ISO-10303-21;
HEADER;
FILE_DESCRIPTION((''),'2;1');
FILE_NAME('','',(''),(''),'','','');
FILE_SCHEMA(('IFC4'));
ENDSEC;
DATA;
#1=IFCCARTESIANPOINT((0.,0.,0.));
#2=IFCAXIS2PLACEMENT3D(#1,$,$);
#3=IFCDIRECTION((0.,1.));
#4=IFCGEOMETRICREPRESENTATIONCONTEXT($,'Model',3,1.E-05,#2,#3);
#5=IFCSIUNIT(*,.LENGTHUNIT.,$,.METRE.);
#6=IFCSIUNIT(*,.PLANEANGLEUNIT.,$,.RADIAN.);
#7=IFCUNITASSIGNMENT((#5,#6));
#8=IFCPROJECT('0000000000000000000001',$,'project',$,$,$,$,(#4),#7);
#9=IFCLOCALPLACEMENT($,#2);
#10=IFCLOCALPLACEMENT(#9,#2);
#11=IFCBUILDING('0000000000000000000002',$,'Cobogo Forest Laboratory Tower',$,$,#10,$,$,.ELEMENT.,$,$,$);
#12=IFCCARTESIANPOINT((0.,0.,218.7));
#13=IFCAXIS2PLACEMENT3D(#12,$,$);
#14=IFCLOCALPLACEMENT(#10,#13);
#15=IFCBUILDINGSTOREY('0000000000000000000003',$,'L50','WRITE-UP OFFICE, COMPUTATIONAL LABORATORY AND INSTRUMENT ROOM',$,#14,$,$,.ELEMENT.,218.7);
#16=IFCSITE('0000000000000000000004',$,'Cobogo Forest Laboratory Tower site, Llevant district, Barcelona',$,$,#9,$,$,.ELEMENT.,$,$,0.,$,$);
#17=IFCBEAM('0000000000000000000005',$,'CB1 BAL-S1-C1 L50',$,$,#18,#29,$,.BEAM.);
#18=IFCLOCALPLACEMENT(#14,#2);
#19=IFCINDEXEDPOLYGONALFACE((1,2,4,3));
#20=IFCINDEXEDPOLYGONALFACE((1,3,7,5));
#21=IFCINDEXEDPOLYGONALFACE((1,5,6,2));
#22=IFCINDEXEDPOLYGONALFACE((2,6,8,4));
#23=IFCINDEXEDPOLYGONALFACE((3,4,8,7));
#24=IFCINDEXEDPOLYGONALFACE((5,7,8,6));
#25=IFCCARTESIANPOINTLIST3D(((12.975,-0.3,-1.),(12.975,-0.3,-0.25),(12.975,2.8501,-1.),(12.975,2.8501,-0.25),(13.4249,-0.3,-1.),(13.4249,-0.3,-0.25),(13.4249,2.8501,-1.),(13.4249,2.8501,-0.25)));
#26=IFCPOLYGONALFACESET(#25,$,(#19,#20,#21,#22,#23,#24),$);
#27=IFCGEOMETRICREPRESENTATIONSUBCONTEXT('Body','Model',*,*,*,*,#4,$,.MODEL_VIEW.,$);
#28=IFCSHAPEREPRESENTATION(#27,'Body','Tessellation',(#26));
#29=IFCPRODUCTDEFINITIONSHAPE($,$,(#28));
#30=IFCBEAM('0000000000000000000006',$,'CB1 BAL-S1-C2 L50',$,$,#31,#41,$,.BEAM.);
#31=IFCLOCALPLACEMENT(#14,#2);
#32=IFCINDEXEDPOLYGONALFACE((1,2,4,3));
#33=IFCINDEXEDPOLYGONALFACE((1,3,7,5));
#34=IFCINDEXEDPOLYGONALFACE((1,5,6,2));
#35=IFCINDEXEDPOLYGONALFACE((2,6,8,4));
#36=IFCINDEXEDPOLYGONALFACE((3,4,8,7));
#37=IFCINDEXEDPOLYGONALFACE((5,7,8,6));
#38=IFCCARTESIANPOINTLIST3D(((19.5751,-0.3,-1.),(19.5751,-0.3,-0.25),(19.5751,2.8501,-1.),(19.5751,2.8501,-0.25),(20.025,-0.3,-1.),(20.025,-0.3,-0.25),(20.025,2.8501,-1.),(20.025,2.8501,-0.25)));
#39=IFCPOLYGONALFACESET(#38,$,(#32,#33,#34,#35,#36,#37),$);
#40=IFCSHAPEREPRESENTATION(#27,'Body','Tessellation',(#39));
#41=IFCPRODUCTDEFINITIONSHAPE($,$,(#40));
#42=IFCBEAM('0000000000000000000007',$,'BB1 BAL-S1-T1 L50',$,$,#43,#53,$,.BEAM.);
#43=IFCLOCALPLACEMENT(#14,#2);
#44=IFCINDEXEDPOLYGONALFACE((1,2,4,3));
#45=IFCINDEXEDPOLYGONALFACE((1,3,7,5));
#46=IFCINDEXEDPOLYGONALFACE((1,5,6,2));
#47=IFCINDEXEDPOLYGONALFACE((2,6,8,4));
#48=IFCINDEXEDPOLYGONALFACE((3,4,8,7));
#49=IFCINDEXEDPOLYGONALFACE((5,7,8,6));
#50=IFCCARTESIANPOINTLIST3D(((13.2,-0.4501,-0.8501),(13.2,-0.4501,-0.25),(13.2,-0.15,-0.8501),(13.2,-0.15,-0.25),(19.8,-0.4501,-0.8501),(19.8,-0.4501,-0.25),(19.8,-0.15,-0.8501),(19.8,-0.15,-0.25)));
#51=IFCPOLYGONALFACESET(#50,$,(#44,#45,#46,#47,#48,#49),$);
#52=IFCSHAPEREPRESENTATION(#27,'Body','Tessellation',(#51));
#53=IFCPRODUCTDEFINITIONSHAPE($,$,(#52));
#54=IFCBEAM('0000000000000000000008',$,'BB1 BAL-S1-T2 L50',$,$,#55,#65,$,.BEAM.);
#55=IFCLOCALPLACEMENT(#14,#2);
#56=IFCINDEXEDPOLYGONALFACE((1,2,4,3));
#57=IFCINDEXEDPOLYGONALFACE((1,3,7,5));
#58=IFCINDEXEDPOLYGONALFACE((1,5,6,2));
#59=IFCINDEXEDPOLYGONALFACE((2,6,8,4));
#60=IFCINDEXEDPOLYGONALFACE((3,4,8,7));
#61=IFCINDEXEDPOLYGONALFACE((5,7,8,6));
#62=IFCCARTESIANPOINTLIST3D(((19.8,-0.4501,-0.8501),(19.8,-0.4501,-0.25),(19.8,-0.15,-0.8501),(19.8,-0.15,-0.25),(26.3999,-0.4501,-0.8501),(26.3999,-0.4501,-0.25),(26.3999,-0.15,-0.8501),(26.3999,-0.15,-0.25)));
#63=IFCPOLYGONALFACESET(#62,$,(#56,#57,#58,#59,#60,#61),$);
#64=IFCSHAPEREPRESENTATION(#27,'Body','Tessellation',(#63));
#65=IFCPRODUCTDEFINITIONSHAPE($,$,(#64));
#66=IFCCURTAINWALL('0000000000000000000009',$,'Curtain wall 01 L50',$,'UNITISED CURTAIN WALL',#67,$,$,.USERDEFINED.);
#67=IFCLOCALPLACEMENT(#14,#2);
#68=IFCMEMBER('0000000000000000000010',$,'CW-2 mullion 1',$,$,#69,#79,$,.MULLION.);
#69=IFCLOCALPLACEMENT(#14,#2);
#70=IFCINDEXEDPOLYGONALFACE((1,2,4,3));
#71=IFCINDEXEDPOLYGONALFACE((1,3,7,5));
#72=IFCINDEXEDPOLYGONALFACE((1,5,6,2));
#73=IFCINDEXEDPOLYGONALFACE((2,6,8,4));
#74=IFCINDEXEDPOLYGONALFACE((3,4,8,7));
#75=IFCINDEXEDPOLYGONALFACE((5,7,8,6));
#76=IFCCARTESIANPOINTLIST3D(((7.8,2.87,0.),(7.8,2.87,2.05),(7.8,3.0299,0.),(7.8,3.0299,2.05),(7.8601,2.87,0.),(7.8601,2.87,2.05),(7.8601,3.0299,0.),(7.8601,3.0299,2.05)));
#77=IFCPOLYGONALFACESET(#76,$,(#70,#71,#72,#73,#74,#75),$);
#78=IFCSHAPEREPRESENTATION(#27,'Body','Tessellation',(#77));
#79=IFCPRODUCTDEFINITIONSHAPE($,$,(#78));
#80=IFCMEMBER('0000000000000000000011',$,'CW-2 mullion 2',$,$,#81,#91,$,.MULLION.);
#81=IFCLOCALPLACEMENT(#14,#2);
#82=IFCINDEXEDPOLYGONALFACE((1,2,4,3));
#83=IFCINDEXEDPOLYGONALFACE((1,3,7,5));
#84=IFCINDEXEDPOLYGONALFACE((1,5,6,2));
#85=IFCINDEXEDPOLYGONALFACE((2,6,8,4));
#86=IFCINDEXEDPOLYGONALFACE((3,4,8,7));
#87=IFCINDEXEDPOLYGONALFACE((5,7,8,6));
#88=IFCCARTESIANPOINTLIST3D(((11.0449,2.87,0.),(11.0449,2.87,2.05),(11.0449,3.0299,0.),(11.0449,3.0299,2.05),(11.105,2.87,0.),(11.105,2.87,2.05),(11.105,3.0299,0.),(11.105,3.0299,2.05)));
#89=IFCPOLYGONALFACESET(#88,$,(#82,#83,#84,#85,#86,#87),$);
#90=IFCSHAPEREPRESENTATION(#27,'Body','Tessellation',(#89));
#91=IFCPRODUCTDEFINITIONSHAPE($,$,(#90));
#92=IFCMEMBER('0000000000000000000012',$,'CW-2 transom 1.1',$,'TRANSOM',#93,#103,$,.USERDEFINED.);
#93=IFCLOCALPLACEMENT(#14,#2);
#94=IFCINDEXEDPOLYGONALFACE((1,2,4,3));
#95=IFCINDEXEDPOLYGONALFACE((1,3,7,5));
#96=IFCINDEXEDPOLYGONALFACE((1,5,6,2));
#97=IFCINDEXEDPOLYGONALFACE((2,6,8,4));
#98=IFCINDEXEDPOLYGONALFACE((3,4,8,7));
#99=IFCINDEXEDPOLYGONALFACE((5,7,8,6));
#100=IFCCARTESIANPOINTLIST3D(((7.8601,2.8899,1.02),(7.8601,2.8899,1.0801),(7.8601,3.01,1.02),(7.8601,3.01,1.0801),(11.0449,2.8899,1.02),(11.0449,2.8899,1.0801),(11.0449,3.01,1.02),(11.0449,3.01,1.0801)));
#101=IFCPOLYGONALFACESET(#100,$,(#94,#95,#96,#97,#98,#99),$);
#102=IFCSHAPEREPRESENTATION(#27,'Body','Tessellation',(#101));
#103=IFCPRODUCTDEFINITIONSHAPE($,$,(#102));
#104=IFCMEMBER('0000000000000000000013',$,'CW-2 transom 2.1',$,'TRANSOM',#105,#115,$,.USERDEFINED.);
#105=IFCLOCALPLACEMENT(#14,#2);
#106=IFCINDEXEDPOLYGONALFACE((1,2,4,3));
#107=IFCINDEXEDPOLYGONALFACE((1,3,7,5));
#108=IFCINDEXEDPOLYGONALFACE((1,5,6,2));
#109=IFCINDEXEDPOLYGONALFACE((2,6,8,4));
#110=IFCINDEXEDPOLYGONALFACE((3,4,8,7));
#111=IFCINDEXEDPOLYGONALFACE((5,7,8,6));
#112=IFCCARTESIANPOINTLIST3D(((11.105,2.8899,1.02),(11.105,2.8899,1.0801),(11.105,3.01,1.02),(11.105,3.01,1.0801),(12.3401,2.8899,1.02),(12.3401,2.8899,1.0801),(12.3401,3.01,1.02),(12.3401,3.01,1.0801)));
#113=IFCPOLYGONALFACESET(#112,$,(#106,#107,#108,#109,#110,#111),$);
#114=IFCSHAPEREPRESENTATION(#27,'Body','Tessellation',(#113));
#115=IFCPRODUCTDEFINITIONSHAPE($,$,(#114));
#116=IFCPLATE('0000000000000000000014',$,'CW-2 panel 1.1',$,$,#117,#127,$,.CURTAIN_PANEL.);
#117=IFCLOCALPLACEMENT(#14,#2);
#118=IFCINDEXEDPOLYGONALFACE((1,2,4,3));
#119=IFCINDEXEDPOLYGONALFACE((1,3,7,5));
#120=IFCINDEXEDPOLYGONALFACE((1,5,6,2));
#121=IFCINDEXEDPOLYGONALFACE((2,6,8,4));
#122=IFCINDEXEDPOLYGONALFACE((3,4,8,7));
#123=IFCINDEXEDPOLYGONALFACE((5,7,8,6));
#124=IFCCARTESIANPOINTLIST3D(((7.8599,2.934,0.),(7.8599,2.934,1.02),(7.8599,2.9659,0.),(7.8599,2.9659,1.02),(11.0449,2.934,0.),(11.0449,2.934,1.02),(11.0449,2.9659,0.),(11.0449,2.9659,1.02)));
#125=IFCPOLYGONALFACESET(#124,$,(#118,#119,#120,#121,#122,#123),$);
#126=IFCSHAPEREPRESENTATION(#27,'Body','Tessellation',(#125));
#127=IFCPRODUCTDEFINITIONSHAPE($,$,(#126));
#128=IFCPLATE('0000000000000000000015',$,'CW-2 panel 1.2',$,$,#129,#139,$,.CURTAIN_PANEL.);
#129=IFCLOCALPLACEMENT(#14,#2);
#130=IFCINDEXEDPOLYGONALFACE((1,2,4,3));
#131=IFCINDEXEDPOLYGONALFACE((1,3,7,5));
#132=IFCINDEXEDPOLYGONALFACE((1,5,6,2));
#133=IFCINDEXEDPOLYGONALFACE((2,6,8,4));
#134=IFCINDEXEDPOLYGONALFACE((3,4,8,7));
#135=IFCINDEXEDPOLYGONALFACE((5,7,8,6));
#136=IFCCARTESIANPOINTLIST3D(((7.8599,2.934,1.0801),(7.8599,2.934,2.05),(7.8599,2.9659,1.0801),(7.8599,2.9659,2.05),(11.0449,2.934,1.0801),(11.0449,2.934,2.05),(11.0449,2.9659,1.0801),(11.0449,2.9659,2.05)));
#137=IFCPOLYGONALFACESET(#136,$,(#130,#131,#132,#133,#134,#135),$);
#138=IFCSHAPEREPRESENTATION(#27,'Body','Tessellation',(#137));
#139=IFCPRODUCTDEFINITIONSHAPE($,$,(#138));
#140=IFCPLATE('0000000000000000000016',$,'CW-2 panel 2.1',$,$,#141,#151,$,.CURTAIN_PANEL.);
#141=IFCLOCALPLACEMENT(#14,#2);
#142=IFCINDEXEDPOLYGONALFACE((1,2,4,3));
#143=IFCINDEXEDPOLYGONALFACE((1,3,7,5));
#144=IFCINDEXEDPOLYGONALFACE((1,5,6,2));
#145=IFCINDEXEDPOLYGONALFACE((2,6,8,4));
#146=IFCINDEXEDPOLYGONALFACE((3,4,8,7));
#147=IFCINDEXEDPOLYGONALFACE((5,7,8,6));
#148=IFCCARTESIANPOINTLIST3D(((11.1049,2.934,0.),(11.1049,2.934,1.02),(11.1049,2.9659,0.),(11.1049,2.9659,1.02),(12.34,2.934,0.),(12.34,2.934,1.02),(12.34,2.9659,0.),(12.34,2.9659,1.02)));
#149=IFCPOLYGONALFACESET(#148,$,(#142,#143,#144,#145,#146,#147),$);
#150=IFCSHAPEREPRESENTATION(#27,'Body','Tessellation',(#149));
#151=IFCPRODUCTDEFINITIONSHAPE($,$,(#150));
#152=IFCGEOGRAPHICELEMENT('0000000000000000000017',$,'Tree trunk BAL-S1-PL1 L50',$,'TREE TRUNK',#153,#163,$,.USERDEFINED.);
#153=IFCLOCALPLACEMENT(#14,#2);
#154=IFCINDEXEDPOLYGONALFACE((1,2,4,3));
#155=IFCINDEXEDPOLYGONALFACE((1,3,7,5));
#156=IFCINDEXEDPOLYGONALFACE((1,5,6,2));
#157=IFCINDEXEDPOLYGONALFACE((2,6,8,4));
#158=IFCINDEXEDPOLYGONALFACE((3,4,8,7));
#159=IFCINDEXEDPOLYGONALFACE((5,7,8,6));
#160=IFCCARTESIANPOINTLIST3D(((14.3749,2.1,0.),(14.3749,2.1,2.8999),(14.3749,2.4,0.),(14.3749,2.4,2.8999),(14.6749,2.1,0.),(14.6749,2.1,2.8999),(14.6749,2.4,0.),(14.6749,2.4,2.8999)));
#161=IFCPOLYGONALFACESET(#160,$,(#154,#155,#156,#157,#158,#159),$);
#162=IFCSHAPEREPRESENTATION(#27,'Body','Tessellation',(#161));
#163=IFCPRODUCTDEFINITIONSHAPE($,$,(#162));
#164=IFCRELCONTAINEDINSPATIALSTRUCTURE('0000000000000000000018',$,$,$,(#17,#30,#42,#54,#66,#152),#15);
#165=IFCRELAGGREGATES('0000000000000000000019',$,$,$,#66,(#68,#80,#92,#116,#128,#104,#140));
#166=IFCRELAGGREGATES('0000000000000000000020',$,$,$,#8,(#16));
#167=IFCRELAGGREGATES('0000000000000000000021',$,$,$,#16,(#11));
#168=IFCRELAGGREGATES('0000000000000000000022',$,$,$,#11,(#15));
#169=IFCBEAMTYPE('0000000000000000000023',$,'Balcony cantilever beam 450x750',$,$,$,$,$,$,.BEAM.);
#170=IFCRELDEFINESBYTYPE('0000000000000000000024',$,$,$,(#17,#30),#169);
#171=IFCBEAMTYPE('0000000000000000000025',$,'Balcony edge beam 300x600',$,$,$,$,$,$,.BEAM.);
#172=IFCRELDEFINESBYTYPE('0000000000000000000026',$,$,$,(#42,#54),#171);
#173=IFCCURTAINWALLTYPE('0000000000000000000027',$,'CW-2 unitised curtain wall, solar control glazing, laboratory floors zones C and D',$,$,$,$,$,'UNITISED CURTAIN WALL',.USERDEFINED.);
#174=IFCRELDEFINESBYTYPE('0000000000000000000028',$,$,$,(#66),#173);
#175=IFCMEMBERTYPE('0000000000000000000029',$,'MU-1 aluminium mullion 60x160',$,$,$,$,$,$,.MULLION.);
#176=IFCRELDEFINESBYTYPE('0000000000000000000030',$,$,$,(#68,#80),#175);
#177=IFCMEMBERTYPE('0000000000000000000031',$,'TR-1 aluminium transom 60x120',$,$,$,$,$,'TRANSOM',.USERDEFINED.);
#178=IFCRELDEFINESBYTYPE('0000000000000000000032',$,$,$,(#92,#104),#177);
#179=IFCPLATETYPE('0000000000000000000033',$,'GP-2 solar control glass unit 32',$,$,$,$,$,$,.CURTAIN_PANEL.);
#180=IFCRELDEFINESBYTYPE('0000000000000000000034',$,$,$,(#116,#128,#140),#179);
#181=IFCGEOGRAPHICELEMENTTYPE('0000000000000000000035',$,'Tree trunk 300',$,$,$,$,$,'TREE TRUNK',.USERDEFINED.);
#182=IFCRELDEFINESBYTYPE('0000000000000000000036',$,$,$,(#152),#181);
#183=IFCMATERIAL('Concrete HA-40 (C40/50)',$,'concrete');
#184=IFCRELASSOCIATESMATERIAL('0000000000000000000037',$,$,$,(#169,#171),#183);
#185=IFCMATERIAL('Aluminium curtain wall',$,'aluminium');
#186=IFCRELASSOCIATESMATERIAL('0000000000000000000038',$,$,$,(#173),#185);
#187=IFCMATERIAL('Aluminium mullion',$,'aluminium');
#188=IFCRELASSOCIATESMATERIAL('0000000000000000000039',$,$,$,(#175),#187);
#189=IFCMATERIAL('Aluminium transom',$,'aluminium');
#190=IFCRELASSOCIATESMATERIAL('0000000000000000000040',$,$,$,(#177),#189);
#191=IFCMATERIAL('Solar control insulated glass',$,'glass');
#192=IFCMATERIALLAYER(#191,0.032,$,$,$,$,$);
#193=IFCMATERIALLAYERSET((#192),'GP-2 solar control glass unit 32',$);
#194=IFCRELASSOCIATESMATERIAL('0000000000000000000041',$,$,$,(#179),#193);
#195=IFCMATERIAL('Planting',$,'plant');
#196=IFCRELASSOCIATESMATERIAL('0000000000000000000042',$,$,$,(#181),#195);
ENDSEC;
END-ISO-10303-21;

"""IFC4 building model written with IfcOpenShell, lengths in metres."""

from ifc_helpers import new_model, si_unit, direction, frame, origin, origin_2d, place, context, subcontext, project, spatial, rectangle, extrude, material, layer, layer_set, material_profile, profile_set, type_object, element, aggregate, save


model = new_model("IFC4")

# Units and contexts
model_context = context("Model", 3, precision=1e-05, world=origin(), true_north=direction((0.0, 1.0)))
body_context = subcontext(model_context, "Body", "Model", "MODEL_VIEW")
ifc_project = project(units=[si_unit("LENGTHUNIT", "METRE"), si_unit("PLANEANGLEUNIT", "RADIAN")], contexts=[model_context])

# Site, building, storey
site_placement = place(None, origin())
site = spatial("IfcSite", under=ifc_project, at=site_placement, Name="Cobogo Forest Laboratory Tower site, Llevant district, Barcelona", CompositionType="ELEMENT", RefElevation=0.0)
building_placement = place(site_placement, origin())
building = spatial("IfcBuilding", under=site, at=building_placement, Name="Cobogo Forest Laboratory Tower", CompositionType="ELEMENT")
storey_placement = place(building_placement, frame((0.0, 0.0, 218.7)))
storey = spatial("IfcBuildingStorey", under=building, at=storey_placement, Name="L50", Description="WRITE-UP OFFICE, COMPUTATIONAL LABORATORY AND INSTRUMENT ROOM", CompositionType="ELEMENT", Elevation=218.7)

# Beams
ifc_material_1 = material(Name="Concrete HA-40 (C40/50)", Category="concrete")
ifc_material_profile_1 = material_profile(ifc_material_1, rectangle(XDim=0.45, YDim=0.75, at=origin_2d()), Name="RC 450x750")
ifc_profile_set_1 = profile_set([ifc_material_profile_1], Name="Concrete HA-40 (C40/50)")
beam_type_1 = type_object("IfcBeamType", Name="Balcony cantilever beam 450x750", PredefinedType="BEAM", material=ifc_profile_set_1)
for number, where, z_axis, x_axis, name in (
    (1, (13.2, 2.8501, -0.625), (0.0, -1.0, 0.0), (1.0, 0.0, 0.0), "CB1 BAL-S1-C1 L50"),
    (2, (19.8, 2.8501, -0.625), (0.0, -1.0, 0.0), (1.0, 0.0, 0.0), "CB1 BAL-S1-C2 L50"),
):
    element("IfcBeam", number, at=place(storey_placement, frame(where, z_axis=z_axis, x_axis=x_axis)), inside=storey, type_object=beam_type_1, Name=name, PredefinedType="BEAM", context=body_context, shape_type="SweptSolid", body=[
        extrude(rectangle(XDim=0.45, YDim=0.75, at=origin_2d()), origin(), (0.0, 0.0, 1.0), 3.1501),
    ])
ifc_material_profile_2 = material_profile(ifc_material_1, rectangle(XDim=0.3, YDim=0.6001, at=origin_2d()), Name="RC 300x600")
ifc_profile_set_2 = profile_set([ifc_material_profile_2], Name="Concrete HA-40 (C40/50)")
beam_type_2 = type_object("IfcBeamType", Name="Balcony edge beam 300x600", PredefinedType="BEAM", material=ifc_profile_set_2)
beam_1_placement = place(storey_placement, frame((13.2, -0.3, -0.55), z_axis=(1.0, 0.0, 0.0), x_axis=(0.0, 1.0, 0.0)))
element("IfcBeam", 3, at=beam_1_placement, inside=storey, type_object=beam_type_2, Name="BB1 BAL-S1-T1 L50", PredefinedType="BEAM", context=body_context, shape_type="SweptSolid", body=[
    extrude(rectangle(XDim=0.3, YDim=0.6001, at=origin_2d()), origin(), (0.0, 0.0, 1.0), 6.6001),
])
beam_2_placement = place(storey_placement, frame((19.8, -0.3, -0.55), z_axis=(1.0, 0.0, 0.0), x_axis=(0.0, 1.0, 0.0)))
element("IfcBeam", 4, at=beam_2_placement, inside=storey, type_object=beam_type_2, Name="BB1 BAL-S1-T2 L50", PredefinedType="BEAM", context=body_context, shape_type="SweptSolid", body=[
    extrude(rectangle(XDim=0.3, YDim=0.6001, at=origin_2d()), origin(), (0.0, 0.0, 1.0), 6.5999),
])

# Curtain wall, members, plates
ifc_material_2 = material(Name="Aluminium curtain wall", Category="aluminium")
curtain_wall_type = type_object("IfcCurtainWallType", Name="CW-2 unitised curtain wall, solar control glazing, laboratory floors zones C and D", ElementType="UNITISED CURTAIN WALL", PredefinedType="USERDEFINED", material=ifc_material_2)
curtain_wall_placement = place(storey_placement, origin())
curtain_wall = element("IfcCurtainWall", 5, at=curtain_wall_placement, inside=storey, type_object=curtain_wall_type, Name="Curtain wall 01 L50", ObjectType="UNITISED CURTAIN WALL", PredefinedType="USERDEFINED")
ifc_material_3 = material(Name="Aluminium mullion", Category="aluminium")
ifc_material_profile_3 = material_profile(ifc_material_3, rectangle(XDim=0.0601, YDim=0.1599, at=origin_2d()), Name="AL 60x160")
ifc_profile_set_3 = profile_set([ifc_material_profile_3], Name="Aluminium mullion")
member_type_1 = type_object("IfcMemberType", Name="MU-1 aluminium mullion 60x160", PredefinedType="MULLION", material=ifc_profile_set_3)
member_1_placement = place(storey_placement, frame((7.8301, 2.95, 0.0), z_axis=(0.0, 0.0, 1.0), x_axis=(1.0, 0.0, 0.0)))
member_1 = element("IfcMember", 6, at=member_1_placement, type_object=member_type_1, Name="CW-2 mullion 1", PredefinedType="MULLION", context=body_context, shape_type="SweptSolid", body=[
    extrude(rectangle(XDim=0.0601, YDim=0.1599, at=origin_2d()), origin(), (0.0, 0.0, 1.0), 2.05),
])
member_2_placement = place(storey_placement, frame((11.075, 2.95, 0.0), z_axis=(0.0, 0.0, 1.0), x_axis=(1.0, 0.0, 0.0)))
member_2 = element("IfcMember", 7, at=member_2_placement, type_object=member_type_1, Name="CW-2 mullion 2", PredefinedType="MULLION", context=body_context, shape_type="SweptSolid", body=[
    extrude(rectangle(XDim=0.0601, YDim=0.1599, at=origin_2d()), origin(), (0.0, 0.0, 1.0), 2.05),
])
ifc_material_4 = material(Name="Aluminium transom", Category="aluminium")
ifc_material_profile_4 = material_profile(ifc_material_4, rectangle(XDim=0.1201, YDim=0.0601, at=origin_2d()), Name="AL 60x120")
ifc_profile_set_4 = profile_set([ifc_material_profile_4], Name="Aluminium transom")
member_type_2 = type_object("IfcMemberType", Name="TR-1 aluminium transom 60x120", ElementType="TRANSOM", PredefinedType="USERDEFINED", material=ifc_profile_set_4)
member_3_placement = place(storey_placement, frame((7.8601, 2.95, 1.05), z_axis=(1.0, 0.0, 0.0), x_axis=(0.0, 1.0, 0.0)))
member_3 = element("IfcMember", 8, at=member_3_placement, type_object=member_type_2, Name="CW-2 transom 1.1", ObjectType="TRANSOM", PredefinedType="USERDEFINED", context=body_context, shape_type="SweptSolid", body=[
    extrude(rectangle(XDim=0.1201, YDim=0.0601, at=origin_2d()), origin(), (0.0, 0.0, 1.0), 3.1848),
])
member_4_placement = place(storey_placement, frame((11.105, 2.95, 1.05), z_axis=(1.0, 0.0, 0.0), x_axis=(0.0, 1.0, 0.0)))
member_4 = element("IfcMember", 9, at=member_4_placement, type_object=member_type_2, Name="CW-2 transom 2.1", ObjectType="TRANSOM", PredefinedType="USERDEFINED", context=body_context, shape_type="SweptSolid", body=[
    extrude(rectangle(XDim=0.1201, YDim=0.0601, at=origin_2d()), origin(), (0.0, 0.0, 1.0), 1.2351),
])
ifc_material_5 = material(Name="Solar control insulated glass", Category="glass")
ifc_layer = layer(ifc_material_5, 0.032)
ifc_layer_set = layer_set([ifc_layer], Name="GP-2 solar control glass unit 32")
plate_type = type_object("IfcPlateType", Name="GP-2 solar control glass unit 32", PredefinedType="CURTAIN_PANEL", material=ifc_layer_set)
plate_1_placement = place(storey_placement, frame((9.4524, 2.95, 0.0), z_axis=(0.0, 0.0, 1.0), x_axis=(1.0, 0.0, 0.0)))
plate_1 = element("IfcPlate", 10, at=plate_1_placement, type_object=plate_type, Name="CW-2 panel 1.1", PredefinedType="CURTAIN_PANEL", context=body_context, shape_type="SweptSolid", body=[
    extrude(rectangle(XDim=3.1851, YDim=0.032, at=origin_2d()), origin(), (0.0, 0.0, 1.0), 1.02),
])
plate_2_placement = place(storey_placement, frame((9.4524, 2.95, 1.0801), z_axis=(0.0, 0.0, 1.0), x_axis=(1.0, 0.0, 0.0)))
plate_2 = element("IfcPlate", 11, at=plate_2_placement, type_object=plate_type, Name="CW-2 panel 1.2", PredefinedType="CURTAIN_PANEL", context=body_context, shape_type="SweptSolid", body=[
    extrude(rectangle(XDim=3.1851, YDim=0.032, at=origin_2d()), origin(), (0.0, 0.0, 1.0), 0.97),
])
plate_3_placement = place(storey_placement, frame((11.7224, 2.95, 0.0), z_axis=(0.0, 0.0, 1.0), x_axis=(1.0, 0.0, 0.0)))
plate_3 = element("IfcPlate", 12, at=plate_3_placement, type_object=plate_type, Name="CW-2 panel 2.1", PredefinedType="CURTAIN_PANEL", context=body_context, shape_type="SweptSolid", body=[
    extrude(rectangle(XDim=1.2351, YDim=0.032, at=origin_2d()), origin(), (0.0, 0.0, 1.0), 1.02),
])
aggregate(curtain_wall, [member_1, member_2, member_3, plate_1, plate_2, member_4, plate_3])

# Geographic element
ifc_material_6 = material(Name="Planting", Category="plant")
geographic_element_type = type_object("IfcGeographicElementType", Name="Tree trunk 300", ElementType="TREE TRUNK", PredefinedType="USERDEFINED", material=ifc_material_6)
geographic_element_placement = place(storey_placement, frame((14.5249, 2.25, 0.0), z_axis=(0.0, 0.0, 1.0), x_axis=(1.0, 0.0, 0.0)))
element("IfcGeographicElement", 13, at=geographic_element_placement, inside=storey, type_object=geographic_element_type, Name="Tree trunk BAL-S1-PL1 L50", ObjectType="TREE TRUNK", PredefinedType="USERDEFINED", context=body_context, shape_type="SweptSolid", body=[
    extrude(rectangle(XDim=0.3, YDim=0.3, at=origin_2d()), origin(), (0.0, 0.0, 1.0), 2.8999),
])

save(model, "model.ifc")
